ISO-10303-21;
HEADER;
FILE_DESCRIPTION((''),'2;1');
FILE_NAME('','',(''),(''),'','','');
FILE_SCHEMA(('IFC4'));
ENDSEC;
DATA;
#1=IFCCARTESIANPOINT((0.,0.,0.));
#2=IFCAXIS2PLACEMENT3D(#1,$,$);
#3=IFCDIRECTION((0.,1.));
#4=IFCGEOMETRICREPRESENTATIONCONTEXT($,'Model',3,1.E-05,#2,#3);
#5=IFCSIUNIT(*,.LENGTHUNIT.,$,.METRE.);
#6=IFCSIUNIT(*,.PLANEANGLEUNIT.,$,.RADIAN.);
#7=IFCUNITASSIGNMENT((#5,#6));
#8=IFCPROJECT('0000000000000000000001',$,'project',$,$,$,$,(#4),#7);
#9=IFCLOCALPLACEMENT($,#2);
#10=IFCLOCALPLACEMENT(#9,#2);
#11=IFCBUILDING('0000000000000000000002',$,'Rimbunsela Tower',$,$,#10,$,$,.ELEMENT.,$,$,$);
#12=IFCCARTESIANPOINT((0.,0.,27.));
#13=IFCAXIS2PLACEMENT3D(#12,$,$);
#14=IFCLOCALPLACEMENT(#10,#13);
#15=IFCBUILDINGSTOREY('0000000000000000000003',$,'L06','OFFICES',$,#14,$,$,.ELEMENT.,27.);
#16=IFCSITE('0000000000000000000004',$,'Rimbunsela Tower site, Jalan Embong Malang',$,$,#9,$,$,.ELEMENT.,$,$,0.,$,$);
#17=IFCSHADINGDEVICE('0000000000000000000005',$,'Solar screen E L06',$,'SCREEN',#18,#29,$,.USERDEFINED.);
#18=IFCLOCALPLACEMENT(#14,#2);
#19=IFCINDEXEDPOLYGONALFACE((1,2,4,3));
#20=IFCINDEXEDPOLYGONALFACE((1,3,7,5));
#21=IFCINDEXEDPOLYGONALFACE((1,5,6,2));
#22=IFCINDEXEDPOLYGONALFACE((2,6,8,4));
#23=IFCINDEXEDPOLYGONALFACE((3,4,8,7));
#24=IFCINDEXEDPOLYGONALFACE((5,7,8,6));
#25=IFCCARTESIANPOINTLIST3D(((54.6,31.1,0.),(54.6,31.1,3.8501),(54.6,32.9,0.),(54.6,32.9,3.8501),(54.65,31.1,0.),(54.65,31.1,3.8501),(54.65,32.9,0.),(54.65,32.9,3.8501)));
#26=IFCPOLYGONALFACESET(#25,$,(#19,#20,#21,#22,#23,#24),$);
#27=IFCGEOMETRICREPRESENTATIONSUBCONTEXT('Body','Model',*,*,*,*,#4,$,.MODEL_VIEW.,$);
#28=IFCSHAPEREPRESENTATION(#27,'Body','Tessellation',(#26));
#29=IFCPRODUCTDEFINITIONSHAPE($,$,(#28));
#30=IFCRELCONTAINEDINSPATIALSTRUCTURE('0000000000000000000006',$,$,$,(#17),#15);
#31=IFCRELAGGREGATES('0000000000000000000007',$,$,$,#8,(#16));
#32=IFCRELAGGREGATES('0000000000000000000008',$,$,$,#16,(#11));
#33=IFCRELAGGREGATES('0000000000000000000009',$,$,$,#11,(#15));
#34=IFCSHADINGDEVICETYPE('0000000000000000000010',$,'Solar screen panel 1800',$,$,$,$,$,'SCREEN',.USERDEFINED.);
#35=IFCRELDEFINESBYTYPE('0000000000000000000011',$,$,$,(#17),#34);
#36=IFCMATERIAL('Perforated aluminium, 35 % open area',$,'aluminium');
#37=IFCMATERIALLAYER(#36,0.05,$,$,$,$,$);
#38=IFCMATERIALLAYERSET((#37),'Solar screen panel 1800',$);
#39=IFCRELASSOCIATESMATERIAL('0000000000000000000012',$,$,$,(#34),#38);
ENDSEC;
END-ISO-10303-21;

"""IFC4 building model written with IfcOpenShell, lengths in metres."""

from ifc_helpers import new_model, si_unit, direction, frame, origin, origin_2d, place, context, subcontext, project, spatial, rectangle, extrude, material, layer, layer_set, type_object, element, save


model = new_model("IFC4")

# Units and contexts
model_context = context("Model", 3, precision=1e-05, world=origin(), true_north=direction((0.0, 1.0)))
body_context = subcontext(model_context, "Body", "Model", "MODEL_VIEW")
ifc_project = project(units=[si_unit("LENGTHUNIT", "METRE"), si_unit("PLANEANGLEUNIT", "RADIAN")], contexts=[model_context])

# Site, building, storey
site_placement = place(None, origin())
site = spatial("IfcSite", under=ifc_project, at=site_placement, Name="Rimbunsela Tower site, Jalan Embong Malang", CompositionType="ELEMENT", RefElevation=0.0)
building_placement = place(site_placement, origin())
building = spatial("IfcBuilding", under=site, at=building_placement, Name="Rimbunsela Tower", CompositionType="ELEMENT")
storey_placement = place(building_placement, frame((0.0, 0.0, 27.0)))
storey = spatial("IfcBuildingStorey", under=building, at=storey_placement, Name="L06", Description="OFFICES", CompositionType="ELEMENT", Elevation=27.0)

# Shading device
ifc_material_1 = material(Name="Perforated aluminium, 35 % open area", Category="aluminium")
ifc_layer_1 = layer(ifc_material_1, 0.05)
ifc_layer_set_1 = layer_set([ifc_layer_1], Name="Solar screen panel 1800")
shading_device_type = type_object("IfcShadingDeviceType", Name="Solar screen panel 1800", ElementType="SCREEN", PredefinedType="USERDEFINED", material=ifc_layer_set_1)
for number, where, z_axis, x_axis, name in (
    (1, (54.625, 32.0, 0.0), (0.0, 0.0, 1.0), (0.0, 1.0, 0.0), "Solar screen E L06"),
):
    element("IfcShadingDevice", number, at=place(storey_placement, frame(where, z_axis=z_axis, x_axis=x_axis)), inside=storey, type_object=shading_device_type, Name=name, ObjectType="SCREEN", PredefinedType="USERDEFINED", context=body_context, shape_type="SweptSolid", body=[
        extrude(rectangle(XDim=1.8, YDim=0.05, at=origin_2d()), origin(), (0.0, 0.0, 1.0), 3.8501),
    ])

save(model, "model.ifc")
